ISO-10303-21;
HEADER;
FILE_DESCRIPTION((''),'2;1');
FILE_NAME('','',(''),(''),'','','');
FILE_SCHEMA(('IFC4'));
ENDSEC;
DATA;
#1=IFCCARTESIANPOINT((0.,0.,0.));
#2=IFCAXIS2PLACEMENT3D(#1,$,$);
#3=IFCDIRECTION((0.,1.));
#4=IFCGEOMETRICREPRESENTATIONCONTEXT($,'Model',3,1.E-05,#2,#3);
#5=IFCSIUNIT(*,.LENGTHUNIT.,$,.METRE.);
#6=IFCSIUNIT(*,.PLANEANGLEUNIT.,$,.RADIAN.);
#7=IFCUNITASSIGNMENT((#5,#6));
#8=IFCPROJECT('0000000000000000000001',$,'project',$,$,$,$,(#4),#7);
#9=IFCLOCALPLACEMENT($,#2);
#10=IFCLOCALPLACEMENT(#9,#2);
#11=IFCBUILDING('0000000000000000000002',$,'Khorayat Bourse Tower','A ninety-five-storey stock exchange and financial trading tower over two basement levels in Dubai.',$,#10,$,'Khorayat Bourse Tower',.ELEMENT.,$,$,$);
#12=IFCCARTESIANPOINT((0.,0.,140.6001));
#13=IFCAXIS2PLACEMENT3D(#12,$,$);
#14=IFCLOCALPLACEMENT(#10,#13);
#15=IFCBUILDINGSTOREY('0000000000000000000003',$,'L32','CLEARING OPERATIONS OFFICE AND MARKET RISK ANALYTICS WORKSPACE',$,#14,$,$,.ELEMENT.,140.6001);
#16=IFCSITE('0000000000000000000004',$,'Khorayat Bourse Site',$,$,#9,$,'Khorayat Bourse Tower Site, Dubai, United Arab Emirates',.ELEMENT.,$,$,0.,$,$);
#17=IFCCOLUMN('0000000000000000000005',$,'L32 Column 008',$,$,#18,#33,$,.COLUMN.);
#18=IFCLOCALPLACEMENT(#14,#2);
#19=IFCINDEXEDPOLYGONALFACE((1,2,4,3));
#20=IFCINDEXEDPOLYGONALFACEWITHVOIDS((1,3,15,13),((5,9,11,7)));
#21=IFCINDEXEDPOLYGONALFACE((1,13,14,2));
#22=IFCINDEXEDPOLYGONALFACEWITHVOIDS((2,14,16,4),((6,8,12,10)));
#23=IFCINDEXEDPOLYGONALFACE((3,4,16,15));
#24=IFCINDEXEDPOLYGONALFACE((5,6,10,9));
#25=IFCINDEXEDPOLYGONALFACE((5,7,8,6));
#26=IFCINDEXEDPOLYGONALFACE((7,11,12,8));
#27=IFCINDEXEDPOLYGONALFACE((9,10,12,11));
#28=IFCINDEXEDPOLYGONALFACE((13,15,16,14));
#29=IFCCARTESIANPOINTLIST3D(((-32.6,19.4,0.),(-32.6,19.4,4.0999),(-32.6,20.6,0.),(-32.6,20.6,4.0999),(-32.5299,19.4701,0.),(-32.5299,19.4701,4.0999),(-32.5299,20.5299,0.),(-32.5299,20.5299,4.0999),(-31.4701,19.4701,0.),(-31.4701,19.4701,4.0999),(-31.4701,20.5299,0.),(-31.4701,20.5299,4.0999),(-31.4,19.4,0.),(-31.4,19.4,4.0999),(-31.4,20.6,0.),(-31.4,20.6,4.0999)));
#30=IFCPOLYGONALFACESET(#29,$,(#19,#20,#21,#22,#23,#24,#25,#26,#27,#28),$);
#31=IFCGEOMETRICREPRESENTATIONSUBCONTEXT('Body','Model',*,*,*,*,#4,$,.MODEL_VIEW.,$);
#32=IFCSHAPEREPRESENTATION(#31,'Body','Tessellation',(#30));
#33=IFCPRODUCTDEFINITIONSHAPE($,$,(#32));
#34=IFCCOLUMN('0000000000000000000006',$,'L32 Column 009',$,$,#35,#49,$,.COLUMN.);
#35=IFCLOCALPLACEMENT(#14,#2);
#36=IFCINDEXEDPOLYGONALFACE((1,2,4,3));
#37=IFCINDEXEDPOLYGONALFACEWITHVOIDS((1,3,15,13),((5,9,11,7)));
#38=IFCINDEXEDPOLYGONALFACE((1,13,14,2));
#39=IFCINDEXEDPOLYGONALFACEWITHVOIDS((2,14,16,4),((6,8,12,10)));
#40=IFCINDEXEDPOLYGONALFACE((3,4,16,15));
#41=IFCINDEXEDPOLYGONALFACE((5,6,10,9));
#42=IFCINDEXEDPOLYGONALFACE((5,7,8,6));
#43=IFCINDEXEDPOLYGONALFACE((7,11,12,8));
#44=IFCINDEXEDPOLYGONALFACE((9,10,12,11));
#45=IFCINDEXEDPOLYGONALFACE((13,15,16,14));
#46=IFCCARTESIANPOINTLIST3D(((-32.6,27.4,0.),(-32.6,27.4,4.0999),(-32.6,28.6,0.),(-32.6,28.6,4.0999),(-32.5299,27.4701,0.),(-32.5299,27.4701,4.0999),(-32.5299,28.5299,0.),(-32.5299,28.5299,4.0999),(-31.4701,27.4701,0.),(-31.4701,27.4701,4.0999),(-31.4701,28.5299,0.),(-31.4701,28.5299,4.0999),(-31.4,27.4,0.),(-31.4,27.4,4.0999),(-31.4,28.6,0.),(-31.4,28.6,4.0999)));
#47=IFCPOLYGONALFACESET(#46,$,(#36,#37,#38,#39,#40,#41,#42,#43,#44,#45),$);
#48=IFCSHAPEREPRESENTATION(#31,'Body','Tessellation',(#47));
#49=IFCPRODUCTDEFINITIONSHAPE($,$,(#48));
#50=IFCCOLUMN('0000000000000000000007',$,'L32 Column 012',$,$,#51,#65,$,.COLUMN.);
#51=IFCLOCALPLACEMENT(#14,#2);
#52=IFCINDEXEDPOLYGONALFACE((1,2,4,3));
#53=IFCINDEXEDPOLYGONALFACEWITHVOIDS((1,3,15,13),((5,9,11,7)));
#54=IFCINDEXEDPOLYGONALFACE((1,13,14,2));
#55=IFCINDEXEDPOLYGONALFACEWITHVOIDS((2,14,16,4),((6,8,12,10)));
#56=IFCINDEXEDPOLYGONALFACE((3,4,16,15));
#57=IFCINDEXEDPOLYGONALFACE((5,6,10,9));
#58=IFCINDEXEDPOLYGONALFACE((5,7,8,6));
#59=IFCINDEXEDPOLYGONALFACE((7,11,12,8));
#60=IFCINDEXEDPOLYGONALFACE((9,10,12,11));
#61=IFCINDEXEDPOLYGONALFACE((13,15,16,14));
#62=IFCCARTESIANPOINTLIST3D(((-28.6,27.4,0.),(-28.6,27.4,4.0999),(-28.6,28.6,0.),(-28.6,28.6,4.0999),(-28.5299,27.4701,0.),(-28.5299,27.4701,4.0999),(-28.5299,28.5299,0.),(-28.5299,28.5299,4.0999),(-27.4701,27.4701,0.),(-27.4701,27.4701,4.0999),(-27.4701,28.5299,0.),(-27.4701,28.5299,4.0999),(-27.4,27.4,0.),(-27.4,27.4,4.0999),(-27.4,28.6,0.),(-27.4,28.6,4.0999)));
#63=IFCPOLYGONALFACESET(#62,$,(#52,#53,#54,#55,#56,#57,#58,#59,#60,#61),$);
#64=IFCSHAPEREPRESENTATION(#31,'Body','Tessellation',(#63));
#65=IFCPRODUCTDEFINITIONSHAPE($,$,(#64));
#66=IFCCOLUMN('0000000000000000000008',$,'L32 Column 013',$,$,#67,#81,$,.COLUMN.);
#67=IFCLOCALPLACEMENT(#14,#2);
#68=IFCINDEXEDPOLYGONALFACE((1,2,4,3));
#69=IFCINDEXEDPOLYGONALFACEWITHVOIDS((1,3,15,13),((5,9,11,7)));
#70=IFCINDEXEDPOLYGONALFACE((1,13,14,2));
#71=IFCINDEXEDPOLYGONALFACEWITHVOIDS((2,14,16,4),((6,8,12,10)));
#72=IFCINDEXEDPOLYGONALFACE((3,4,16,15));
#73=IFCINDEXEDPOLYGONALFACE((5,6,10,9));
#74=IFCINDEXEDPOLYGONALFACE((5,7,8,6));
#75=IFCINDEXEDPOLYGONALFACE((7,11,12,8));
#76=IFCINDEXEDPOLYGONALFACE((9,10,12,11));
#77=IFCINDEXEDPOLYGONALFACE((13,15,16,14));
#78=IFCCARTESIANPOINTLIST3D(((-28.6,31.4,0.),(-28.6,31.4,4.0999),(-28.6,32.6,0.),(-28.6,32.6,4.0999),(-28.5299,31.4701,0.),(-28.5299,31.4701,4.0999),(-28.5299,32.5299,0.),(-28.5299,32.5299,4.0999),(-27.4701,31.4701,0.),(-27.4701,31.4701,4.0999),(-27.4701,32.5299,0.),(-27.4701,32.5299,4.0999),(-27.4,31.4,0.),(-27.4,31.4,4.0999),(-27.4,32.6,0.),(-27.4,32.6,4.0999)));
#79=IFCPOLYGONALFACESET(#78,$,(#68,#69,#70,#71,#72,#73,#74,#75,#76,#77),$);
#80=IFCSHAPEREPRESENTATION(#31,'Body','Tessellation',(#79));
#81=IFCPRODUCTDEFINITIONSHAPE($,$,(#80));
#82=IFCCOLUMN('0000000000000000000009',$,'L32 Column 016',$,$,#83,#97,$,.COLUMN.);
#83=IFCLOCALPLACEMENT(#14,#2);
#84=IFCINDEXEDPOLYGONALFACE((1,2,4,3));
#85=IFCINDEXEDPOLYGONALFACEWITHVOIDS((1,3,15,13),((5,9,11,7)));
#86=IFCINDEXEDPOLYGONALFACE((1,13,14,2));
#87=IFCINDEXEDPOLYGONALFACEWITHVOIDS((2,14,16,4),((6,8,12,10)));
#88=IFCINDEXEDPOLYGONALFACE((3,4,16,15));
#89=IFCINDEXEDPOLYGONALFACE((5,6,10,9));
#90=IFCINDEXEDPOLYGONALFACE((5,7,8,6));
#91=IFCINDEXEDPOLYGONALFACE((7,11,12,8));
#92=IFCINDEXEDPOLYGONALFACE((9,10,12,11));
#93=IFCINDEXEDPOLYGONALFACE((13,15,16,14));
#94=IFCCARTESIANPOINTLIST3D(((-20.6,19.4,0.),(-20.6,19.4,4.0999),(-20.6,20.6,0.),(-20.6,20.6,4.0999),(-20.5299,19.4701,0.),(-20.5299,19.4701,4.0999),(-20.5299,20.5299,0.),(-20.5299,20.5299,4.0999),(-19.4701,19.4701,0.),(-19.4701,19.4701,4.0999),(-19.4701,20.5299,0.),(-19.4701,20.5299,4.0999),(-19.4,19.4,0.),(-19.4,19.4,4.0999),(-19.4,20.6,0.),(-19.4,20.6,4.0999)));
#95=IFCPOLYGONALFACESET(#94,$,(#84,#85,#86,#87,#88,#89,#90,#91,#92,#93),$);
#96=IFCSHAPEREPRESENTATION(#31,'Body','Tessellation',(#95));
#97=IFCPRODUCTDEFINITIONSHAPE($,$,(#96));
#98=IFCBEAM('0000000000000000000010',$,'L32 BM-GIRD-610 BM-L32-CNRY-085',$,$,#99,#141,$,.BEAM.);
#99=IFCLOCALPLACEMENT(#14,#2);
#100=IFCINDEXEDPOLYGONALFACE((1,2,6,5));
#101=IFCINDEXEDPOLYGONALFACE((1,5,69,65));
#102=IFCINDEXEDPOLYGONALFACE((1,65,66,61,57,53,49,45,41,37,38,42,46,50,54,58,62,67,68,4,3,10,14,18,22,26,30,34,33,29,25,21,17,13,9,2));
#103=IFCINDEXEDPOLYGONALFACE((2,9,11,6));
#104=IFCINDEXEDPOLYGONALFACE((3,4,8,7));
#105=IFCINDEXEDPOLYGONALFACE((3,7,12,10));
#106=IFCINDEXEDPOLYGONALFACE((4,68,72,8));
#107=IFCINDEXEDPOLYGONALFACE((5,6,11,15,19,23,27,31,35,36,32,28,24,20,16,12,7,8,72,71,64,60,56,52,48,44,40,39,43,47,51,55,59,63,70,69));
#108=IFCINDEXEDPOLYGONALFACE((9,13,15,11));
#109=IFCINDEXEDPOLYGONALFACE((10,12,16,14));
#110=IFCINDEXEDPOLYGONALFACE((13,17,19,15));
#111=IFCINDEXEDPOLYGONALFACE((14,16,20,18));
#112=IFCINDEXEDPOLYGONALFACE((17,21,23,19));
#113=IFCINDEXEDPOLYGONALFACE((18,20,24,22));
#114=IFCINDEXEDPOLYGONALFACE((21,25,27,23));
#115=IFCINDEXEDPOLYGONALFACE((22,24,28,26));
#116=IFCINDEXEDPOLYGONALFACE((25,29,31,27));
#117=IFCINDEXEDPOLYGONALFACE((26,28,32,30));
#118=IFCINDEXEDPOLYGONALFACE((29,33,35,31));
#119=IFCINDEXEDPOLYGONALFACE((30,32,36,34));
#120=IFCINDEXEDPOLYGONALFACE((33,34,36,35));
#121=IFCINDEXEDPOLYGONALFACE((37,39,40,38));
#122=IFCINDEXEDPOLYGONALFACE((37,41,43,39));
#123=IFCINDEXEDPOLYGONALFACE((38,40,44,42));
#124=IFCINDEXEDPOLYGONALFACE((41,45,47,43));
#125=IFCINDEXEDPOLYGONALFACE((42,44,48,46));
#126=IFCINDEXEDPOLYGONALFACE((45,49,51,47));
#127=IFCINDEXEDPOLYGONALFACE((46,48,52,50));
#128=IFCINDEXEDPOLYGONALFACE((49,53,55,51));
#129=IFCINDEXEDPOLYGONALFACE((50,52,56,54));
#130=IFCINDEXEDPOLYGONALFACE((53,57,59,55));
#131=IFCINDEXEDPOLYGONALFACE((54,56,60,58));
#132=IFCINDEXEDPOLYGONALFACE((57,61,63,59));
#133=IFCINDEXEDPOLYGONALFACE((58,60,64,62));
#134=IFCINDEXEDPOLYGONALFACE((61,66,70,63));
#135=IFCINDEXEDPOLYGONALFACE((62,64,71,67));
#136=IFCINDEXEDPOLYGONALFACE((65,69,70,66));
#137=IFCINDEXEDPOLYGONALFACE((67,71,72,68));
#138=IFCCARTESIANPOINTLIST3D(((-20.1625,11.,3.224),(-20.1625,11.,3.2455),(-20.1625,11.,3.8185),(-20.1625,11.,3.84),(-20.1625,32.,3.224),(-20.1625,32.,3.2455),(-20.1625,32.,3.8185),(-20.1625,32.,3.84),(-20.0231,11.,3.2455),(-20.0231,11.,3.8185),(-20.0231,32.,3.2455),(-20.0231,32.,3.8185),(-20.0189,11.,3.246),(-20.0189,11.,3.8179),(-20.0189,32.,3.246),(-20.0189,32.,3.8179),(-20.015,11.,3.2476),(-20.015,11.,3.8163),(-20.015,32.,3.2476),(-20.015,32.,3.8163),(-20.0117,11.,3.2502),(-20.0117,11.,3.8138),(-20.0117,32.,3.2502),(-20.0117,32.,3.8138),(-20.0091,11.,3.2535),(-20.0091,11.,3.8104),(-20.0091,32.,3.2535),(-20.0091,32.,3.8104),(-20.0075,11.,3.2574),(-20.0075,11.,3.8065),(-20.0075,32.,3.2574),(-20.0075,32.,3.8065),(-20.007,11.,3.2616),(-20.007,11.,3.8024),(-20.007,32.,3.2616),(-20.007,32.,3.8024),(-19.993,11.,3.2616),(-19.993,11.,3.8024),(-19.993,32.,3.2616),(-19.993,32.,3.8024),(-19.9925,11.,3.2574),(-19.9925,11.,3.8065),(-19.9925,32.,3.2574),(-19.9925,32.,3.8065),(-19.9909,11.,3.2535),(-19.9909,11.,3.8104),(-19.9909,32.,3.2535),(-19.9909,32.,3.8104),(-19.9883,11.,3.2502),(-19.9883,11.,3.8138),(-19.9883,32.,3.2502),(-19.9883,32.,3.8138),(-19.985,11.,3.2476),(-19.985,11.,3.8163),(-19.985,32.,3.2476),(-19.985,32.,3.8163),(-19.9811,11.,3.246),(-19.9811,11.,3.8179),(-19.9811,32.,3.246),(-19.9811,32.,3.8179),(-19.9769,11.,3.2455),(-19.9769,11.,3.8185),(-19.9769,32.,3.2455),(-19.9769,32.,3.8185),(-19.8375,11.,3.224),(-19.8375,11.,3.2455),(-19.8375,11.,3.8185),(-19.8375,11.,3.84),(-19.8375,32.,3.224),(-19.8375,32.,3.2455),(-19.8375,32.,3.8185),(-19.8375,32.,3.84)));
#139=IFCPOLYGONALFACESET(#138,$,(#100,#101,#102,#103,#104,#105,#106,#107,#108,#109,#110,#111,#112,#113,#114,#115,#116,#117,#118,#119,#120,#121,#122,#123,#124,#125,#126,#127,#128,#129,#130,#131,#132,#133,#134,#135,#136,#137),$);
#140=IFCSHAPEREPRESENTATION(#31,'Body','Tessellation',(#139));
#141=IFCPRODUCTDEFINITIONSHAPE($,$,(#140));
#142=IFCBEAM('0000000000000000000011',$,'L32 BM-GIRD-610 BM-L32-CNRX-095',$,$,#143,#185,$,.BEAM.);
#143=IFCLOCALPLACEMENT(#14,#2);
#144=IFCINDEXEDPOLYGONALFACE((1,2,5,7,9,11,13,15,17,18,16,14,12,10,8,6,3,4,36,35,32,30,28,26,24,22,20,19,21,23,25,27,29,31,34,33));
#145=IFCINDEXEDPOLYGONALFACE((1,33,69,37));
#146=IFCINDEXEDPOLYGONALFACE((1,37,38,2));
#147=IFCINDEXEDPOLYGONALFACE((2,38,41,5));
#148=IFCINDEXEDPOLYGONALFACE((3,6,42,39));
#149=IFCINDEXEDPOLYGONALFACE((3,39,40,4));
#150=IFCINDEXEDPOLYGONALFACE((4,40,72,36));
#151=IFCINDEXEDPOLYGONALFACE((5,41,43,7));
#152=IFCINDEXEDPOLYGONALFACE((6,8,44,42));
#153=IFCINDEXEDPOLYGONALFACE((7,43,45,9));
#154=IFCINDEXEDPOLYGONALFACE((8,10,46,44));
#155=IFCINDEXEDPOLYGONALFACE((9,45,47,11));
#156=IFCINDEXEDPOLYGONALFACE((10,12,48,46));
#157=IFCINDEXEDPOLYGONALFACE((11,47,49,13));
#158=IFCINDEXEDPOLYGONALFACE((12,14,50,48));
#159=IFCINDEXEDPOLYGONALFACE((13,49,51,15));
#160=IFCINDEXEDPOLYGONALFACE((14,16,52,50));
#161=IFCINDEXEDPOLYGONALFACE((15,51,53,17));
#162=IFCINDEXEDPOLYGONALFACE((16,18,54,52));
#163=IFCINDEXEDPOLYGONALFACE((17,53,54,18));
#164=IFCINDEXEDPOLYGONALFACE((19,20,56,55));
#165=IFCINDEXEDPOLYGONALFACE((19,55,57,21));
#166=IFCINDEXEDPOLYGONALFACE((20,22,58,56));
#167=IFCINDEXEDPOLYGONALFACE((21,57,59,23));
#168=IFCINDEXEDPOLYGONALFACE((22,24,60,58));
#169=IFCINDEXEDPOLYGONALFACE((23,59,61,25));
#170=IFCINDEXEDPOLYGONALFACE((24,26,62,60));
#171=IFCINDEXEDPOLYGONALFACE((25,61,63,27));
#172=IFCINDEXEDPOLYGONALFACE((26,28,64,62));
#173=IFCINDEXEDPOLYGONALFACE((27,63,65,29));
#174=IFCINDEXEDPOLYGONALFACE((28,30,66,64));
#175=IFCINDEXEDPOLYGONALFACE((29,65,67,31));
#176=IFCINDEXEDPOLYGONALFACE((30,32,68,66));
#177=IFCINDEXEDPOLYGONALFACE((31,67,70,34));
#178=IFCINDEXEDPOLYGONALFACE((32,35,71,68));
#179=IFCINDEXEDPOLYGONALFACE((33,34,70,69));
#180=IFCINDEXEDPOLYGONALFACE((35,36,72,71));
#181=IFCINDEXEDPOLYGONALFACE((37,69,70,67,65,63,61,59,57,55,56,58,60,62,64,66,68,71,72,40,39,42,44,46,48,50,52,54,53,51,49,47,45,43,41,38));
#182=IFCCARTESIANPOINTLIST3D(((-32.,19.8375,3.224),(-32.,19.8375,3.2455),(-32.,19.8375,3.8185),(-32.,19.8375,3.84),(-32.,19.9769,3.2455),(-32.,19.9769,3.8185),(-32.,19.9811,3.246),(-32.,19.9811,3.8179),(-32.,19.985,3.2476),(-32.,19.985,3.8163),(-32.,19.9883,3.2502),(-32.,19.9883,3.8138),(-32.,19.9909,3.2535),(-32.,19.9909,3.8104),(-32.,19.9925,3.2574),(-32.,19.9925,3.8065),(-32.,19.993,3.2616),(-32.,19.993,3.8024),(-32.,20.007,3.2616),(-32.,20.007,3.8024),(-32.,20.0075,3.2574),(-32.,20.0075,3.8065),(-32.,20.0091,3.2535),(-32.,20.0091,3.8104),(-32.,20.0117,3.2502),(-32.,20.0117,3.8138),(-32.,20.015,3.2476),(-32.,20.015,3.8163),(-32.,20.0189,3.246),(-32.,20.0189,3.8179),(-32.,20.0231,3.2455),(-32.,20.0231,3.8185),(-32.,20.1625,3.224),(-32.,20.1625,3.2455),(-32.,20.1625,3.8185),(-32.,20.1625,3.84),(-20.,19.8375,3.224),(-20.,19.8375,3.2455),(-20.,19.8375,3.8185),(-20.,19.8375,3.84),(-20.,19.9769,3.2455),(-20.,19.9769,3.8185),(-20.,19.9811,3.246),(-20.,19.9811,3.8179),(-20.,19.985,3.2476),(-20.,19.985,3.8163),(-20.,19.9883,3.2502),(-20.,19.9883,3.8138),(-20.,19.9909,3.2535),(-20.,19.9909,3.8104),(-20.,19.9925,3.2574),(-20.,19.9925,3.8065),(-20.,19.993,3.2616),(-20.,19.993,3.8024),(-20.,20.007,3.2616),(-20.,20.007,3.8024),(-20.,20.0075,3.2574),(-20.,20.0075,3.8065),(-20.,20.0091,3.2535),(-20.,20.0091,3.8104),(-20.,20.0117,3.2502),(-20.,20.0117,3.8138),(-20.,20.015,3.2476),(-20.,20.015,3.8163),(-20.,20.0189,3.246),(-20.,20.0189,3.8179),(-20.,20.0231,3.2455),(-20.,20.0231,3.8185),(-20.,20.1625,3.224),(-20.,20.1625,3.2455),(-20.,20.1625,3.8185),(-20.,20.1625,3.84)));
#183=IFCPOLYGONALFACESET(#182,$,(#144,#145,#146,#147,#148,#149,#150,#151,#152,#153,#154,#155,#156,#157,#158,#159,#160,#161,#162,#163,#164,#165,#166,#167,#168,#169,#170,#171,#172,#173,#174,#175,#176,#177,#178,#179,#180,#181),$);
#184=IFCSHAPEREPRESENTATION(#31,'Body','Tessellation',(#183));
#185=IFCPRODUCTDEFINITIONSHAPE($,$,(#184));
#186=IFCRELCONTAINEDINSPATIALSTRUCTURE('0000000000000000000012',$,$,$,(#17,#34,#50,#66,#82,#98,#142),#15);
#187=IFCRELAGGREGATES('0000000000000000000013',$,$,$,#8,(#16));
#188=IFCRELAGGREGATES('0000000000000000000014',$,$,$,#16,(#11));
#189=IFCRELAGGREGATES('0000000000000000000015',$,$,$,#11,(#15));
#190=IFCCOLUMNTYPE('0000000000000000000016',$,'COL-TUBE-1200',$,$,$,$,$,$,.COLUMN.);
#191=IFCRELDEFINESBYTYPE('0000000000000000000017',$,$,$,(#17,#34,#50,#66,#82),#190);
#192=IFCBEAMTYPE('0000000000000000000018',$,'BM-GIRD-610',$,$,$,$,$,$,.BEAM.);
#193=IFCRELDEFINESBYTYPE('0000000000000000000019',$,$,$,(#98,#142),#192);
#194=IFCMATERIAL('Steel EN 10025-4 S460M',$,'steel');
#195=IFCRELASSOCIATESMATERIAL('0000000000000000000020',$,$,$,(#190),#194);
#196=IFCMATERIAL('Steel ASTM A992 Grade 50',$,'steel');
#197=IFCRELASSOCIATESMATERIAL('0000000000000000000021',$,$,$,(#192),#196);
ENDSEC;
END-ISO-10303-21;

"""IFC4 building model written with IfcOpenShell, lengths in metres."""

from ifc_helpers import new_model, si_unit, direction, frame, origin, origin_2d, place, context, subcontext, project, spatial, hollow_rectangle, i_section, extrude, source, transform, mapped, material, material_profile, profile_set, type_object, element, save


model = new_model("IFC4")

# Units and contexts
model_context = context("Model", 3, precision=1e-05, world=origin(), true_north=direction((0.0, 1.0)))
body_context = subcontext(model_context, "Body", "Model", "MODEL_VIEW")
ifc_project = project(units=[si_unit("LENGTHUNIT", "METRE"), si_unit("PLANEANGLEUNIT", "RADIAN")], contexts=[model_context])

# Site, building, storey
site_placement = place(None, origin())
site = spatial("IfcSite", under=ifc_project, at=site_placement, Name="Khorayat Bourse Site", LongName="Khorayat Bourse Tower Site, Dubai, United Arab Emirates", CompositionType="ELEMENT", RefElevation=0.0)
building_placement = place(site_placement, origin())
building = spatial("IfcBuilding", under=site, at=building_placement, Name="Khorayat Bourse Tower", Description="A ninety-five-storey stock exchange and financial trading tower over two basement levels in Dubai.", LongName="Khorayat Bourse Tower", CompositionType="ELEMENT")
storey_placement = place(building_placement, frame((0.0, 0.0, 140.6001)))
storey = spatial("IfcBuildingStorey", under=building, at=storey_placement, Name="L32", Description="CLEARING OPERATIONS OFFICE AND MARKET RISK ANALYTICS WORKSPACE", CompositionType="ELEMENT", Elevation=140.6001)

# Columns
ifc_material_1 = material(Name="Steel EN 10025-4 S460M", Category="steel")
ifc_material_profile_1 = material_profile(ifc_material_1, hollow_rectangle(XDim=1.2, YDim=1.2, WallThickness=0.0701, at=origin_2d()), Name="BOX 1200x1200x70")
ifc_profile_set_1 = profile_set([ifc_material_profile_1], Name="Steel EN 10025-4 S460M")
column_type = type_object("IfcColumnType", Name="COL-TUBE-1200", PredefinedType="COLUMN", material=ifc_profile_set_1)
shared_shape_1 = source(origin(), body_context, "Body", "SweptSolid", [
    extrude(hollow_rectangle(XDim=1.2, YDim=1.2, WallThickness=0.0701, at=origin_2d()), origin(), (0.0, 0.0, 1.0), 4.0999),
])
for number, where, z_axis, x_axis, name in (
    (1, (-32.0, 20.0, 0.0), (0.0, 0.0, 1.0), (1.0, 0.0, 0.0), "L32 Column 008"),
    (2, (-32.0, 28.0, 0.0), (0.0, 0.0, 1.0), (1.0, 0.0, 0.0), "L32 Column 009"),
    (3, (-28.0, 28.0, 0.0), (0.0, 0.0, 1.0), (1.0, 0.0, 0.0), "L32 Column 012"),
    (4, (-28.0, 32.0, 0.0), (0.0, 0.0, 1.0), (1.0, 0.0, 0.0), "L32 Column 013"),
    (5, (-20.0, 20.0, 0.0), (0.0, 0.0, 1.0), (1.0, 0.0, 0.0), "L32 Column 016"),
):
    element("IfcColumn", number, at=place(storey_placement, frame(where, z_axis=z_axis, x_axis=x_axis)), inside=storey, type_object=column_type, Name=name, PredefinedType="COLUMN", context=body_context, shape_type="MappedRepresentation", body=[
        mapped(shared_shape_1, transform((0.0, 0.0, 0.0), scale=1.0)),
    ])

# Beams
ifc_material_2 = material(Name="Steel ASTM A992 Grade 50", Category="steel")
ifc_material_profile_2 = material_profile(ifc_material_2, i_section(OverallWidth=0.325, OverallDepth=0.616, WebThickness=0.0139, FlangeThickness=0.0215, FilletRadius=0.0161, at=origin_2d()), Name="W610X174")
ifc_profile_set_2 = profile_set([ifc_material_profile_2], Name="Steel ASTM A992 Grade 50")
beam_type_1 = type_object("IfcBeamType", Name="BM-GIRD-610", PredefinedType="BEAM", material=ifc_profile_set_2)
shared_shape_2 = source(origin(), body_context, "Body", "SweptSolid", [
    extrude(i_section(OverallWidth=0.325, OverallDepth=0.616, WebThickness=0.0139, FlangeThickness=0.0215, FilletRadius=0.0161, at=origin_2d()), origin(), (0.0, 0.0, 1.0), 21.0),
])
beam_1_placement = place(storey_placement, frame((-20.0, 11.0, 3.532), z_axis=(0.0, 1.0, 0.0), x_axis=(-1.0, 0.0, 0.0)))
element("IfcBeam", 6, at=beam_1_placement, inside=storey, type_object=beam_type_1, Name="L32 BM-GIRD-610 BM-L32-CNRY-085", PredefinedType="BEAM", context=body_context, shape_type="MappedRepresentation", body=[
    mapped(shared_shape_2, transform((0.0, 0.0, 0.0), scale=1.0)),
])
shared_shape_3 = source(origin(), body_context, "Body", "SweptSolid", [
    extrude(i_section(OverallWidth=0.325, OverallDepth=0.616, WebThickness=0.0139, FlangeThickness=0.0215, FilletRadius=0.0161, at=origin_2d()), origin(), (0.0, 0.0, 1.0), 12.0),
])
beam_2_placement = place(storey_placement, frame((-32.0, 20.0, 3.532), z_axis=(1.0, 0.0, 0.0), x_axis=(0.0, 1.0, 0.0)))
element("IfcBeam", 7, at=beam_2_placement, inside=storey, type_object=beam_type_1, Name="L32 BM-GIRD-610 BM-L32-CNRX-095", PredefinedType="BEAM", context=body_context, shape_type="MappedRepresentation", body=[
    mapped(shared_shape_3, transform((0.0, 0.0, 0.0), scale=1.0)),
])

save(model, "model.ifc")
